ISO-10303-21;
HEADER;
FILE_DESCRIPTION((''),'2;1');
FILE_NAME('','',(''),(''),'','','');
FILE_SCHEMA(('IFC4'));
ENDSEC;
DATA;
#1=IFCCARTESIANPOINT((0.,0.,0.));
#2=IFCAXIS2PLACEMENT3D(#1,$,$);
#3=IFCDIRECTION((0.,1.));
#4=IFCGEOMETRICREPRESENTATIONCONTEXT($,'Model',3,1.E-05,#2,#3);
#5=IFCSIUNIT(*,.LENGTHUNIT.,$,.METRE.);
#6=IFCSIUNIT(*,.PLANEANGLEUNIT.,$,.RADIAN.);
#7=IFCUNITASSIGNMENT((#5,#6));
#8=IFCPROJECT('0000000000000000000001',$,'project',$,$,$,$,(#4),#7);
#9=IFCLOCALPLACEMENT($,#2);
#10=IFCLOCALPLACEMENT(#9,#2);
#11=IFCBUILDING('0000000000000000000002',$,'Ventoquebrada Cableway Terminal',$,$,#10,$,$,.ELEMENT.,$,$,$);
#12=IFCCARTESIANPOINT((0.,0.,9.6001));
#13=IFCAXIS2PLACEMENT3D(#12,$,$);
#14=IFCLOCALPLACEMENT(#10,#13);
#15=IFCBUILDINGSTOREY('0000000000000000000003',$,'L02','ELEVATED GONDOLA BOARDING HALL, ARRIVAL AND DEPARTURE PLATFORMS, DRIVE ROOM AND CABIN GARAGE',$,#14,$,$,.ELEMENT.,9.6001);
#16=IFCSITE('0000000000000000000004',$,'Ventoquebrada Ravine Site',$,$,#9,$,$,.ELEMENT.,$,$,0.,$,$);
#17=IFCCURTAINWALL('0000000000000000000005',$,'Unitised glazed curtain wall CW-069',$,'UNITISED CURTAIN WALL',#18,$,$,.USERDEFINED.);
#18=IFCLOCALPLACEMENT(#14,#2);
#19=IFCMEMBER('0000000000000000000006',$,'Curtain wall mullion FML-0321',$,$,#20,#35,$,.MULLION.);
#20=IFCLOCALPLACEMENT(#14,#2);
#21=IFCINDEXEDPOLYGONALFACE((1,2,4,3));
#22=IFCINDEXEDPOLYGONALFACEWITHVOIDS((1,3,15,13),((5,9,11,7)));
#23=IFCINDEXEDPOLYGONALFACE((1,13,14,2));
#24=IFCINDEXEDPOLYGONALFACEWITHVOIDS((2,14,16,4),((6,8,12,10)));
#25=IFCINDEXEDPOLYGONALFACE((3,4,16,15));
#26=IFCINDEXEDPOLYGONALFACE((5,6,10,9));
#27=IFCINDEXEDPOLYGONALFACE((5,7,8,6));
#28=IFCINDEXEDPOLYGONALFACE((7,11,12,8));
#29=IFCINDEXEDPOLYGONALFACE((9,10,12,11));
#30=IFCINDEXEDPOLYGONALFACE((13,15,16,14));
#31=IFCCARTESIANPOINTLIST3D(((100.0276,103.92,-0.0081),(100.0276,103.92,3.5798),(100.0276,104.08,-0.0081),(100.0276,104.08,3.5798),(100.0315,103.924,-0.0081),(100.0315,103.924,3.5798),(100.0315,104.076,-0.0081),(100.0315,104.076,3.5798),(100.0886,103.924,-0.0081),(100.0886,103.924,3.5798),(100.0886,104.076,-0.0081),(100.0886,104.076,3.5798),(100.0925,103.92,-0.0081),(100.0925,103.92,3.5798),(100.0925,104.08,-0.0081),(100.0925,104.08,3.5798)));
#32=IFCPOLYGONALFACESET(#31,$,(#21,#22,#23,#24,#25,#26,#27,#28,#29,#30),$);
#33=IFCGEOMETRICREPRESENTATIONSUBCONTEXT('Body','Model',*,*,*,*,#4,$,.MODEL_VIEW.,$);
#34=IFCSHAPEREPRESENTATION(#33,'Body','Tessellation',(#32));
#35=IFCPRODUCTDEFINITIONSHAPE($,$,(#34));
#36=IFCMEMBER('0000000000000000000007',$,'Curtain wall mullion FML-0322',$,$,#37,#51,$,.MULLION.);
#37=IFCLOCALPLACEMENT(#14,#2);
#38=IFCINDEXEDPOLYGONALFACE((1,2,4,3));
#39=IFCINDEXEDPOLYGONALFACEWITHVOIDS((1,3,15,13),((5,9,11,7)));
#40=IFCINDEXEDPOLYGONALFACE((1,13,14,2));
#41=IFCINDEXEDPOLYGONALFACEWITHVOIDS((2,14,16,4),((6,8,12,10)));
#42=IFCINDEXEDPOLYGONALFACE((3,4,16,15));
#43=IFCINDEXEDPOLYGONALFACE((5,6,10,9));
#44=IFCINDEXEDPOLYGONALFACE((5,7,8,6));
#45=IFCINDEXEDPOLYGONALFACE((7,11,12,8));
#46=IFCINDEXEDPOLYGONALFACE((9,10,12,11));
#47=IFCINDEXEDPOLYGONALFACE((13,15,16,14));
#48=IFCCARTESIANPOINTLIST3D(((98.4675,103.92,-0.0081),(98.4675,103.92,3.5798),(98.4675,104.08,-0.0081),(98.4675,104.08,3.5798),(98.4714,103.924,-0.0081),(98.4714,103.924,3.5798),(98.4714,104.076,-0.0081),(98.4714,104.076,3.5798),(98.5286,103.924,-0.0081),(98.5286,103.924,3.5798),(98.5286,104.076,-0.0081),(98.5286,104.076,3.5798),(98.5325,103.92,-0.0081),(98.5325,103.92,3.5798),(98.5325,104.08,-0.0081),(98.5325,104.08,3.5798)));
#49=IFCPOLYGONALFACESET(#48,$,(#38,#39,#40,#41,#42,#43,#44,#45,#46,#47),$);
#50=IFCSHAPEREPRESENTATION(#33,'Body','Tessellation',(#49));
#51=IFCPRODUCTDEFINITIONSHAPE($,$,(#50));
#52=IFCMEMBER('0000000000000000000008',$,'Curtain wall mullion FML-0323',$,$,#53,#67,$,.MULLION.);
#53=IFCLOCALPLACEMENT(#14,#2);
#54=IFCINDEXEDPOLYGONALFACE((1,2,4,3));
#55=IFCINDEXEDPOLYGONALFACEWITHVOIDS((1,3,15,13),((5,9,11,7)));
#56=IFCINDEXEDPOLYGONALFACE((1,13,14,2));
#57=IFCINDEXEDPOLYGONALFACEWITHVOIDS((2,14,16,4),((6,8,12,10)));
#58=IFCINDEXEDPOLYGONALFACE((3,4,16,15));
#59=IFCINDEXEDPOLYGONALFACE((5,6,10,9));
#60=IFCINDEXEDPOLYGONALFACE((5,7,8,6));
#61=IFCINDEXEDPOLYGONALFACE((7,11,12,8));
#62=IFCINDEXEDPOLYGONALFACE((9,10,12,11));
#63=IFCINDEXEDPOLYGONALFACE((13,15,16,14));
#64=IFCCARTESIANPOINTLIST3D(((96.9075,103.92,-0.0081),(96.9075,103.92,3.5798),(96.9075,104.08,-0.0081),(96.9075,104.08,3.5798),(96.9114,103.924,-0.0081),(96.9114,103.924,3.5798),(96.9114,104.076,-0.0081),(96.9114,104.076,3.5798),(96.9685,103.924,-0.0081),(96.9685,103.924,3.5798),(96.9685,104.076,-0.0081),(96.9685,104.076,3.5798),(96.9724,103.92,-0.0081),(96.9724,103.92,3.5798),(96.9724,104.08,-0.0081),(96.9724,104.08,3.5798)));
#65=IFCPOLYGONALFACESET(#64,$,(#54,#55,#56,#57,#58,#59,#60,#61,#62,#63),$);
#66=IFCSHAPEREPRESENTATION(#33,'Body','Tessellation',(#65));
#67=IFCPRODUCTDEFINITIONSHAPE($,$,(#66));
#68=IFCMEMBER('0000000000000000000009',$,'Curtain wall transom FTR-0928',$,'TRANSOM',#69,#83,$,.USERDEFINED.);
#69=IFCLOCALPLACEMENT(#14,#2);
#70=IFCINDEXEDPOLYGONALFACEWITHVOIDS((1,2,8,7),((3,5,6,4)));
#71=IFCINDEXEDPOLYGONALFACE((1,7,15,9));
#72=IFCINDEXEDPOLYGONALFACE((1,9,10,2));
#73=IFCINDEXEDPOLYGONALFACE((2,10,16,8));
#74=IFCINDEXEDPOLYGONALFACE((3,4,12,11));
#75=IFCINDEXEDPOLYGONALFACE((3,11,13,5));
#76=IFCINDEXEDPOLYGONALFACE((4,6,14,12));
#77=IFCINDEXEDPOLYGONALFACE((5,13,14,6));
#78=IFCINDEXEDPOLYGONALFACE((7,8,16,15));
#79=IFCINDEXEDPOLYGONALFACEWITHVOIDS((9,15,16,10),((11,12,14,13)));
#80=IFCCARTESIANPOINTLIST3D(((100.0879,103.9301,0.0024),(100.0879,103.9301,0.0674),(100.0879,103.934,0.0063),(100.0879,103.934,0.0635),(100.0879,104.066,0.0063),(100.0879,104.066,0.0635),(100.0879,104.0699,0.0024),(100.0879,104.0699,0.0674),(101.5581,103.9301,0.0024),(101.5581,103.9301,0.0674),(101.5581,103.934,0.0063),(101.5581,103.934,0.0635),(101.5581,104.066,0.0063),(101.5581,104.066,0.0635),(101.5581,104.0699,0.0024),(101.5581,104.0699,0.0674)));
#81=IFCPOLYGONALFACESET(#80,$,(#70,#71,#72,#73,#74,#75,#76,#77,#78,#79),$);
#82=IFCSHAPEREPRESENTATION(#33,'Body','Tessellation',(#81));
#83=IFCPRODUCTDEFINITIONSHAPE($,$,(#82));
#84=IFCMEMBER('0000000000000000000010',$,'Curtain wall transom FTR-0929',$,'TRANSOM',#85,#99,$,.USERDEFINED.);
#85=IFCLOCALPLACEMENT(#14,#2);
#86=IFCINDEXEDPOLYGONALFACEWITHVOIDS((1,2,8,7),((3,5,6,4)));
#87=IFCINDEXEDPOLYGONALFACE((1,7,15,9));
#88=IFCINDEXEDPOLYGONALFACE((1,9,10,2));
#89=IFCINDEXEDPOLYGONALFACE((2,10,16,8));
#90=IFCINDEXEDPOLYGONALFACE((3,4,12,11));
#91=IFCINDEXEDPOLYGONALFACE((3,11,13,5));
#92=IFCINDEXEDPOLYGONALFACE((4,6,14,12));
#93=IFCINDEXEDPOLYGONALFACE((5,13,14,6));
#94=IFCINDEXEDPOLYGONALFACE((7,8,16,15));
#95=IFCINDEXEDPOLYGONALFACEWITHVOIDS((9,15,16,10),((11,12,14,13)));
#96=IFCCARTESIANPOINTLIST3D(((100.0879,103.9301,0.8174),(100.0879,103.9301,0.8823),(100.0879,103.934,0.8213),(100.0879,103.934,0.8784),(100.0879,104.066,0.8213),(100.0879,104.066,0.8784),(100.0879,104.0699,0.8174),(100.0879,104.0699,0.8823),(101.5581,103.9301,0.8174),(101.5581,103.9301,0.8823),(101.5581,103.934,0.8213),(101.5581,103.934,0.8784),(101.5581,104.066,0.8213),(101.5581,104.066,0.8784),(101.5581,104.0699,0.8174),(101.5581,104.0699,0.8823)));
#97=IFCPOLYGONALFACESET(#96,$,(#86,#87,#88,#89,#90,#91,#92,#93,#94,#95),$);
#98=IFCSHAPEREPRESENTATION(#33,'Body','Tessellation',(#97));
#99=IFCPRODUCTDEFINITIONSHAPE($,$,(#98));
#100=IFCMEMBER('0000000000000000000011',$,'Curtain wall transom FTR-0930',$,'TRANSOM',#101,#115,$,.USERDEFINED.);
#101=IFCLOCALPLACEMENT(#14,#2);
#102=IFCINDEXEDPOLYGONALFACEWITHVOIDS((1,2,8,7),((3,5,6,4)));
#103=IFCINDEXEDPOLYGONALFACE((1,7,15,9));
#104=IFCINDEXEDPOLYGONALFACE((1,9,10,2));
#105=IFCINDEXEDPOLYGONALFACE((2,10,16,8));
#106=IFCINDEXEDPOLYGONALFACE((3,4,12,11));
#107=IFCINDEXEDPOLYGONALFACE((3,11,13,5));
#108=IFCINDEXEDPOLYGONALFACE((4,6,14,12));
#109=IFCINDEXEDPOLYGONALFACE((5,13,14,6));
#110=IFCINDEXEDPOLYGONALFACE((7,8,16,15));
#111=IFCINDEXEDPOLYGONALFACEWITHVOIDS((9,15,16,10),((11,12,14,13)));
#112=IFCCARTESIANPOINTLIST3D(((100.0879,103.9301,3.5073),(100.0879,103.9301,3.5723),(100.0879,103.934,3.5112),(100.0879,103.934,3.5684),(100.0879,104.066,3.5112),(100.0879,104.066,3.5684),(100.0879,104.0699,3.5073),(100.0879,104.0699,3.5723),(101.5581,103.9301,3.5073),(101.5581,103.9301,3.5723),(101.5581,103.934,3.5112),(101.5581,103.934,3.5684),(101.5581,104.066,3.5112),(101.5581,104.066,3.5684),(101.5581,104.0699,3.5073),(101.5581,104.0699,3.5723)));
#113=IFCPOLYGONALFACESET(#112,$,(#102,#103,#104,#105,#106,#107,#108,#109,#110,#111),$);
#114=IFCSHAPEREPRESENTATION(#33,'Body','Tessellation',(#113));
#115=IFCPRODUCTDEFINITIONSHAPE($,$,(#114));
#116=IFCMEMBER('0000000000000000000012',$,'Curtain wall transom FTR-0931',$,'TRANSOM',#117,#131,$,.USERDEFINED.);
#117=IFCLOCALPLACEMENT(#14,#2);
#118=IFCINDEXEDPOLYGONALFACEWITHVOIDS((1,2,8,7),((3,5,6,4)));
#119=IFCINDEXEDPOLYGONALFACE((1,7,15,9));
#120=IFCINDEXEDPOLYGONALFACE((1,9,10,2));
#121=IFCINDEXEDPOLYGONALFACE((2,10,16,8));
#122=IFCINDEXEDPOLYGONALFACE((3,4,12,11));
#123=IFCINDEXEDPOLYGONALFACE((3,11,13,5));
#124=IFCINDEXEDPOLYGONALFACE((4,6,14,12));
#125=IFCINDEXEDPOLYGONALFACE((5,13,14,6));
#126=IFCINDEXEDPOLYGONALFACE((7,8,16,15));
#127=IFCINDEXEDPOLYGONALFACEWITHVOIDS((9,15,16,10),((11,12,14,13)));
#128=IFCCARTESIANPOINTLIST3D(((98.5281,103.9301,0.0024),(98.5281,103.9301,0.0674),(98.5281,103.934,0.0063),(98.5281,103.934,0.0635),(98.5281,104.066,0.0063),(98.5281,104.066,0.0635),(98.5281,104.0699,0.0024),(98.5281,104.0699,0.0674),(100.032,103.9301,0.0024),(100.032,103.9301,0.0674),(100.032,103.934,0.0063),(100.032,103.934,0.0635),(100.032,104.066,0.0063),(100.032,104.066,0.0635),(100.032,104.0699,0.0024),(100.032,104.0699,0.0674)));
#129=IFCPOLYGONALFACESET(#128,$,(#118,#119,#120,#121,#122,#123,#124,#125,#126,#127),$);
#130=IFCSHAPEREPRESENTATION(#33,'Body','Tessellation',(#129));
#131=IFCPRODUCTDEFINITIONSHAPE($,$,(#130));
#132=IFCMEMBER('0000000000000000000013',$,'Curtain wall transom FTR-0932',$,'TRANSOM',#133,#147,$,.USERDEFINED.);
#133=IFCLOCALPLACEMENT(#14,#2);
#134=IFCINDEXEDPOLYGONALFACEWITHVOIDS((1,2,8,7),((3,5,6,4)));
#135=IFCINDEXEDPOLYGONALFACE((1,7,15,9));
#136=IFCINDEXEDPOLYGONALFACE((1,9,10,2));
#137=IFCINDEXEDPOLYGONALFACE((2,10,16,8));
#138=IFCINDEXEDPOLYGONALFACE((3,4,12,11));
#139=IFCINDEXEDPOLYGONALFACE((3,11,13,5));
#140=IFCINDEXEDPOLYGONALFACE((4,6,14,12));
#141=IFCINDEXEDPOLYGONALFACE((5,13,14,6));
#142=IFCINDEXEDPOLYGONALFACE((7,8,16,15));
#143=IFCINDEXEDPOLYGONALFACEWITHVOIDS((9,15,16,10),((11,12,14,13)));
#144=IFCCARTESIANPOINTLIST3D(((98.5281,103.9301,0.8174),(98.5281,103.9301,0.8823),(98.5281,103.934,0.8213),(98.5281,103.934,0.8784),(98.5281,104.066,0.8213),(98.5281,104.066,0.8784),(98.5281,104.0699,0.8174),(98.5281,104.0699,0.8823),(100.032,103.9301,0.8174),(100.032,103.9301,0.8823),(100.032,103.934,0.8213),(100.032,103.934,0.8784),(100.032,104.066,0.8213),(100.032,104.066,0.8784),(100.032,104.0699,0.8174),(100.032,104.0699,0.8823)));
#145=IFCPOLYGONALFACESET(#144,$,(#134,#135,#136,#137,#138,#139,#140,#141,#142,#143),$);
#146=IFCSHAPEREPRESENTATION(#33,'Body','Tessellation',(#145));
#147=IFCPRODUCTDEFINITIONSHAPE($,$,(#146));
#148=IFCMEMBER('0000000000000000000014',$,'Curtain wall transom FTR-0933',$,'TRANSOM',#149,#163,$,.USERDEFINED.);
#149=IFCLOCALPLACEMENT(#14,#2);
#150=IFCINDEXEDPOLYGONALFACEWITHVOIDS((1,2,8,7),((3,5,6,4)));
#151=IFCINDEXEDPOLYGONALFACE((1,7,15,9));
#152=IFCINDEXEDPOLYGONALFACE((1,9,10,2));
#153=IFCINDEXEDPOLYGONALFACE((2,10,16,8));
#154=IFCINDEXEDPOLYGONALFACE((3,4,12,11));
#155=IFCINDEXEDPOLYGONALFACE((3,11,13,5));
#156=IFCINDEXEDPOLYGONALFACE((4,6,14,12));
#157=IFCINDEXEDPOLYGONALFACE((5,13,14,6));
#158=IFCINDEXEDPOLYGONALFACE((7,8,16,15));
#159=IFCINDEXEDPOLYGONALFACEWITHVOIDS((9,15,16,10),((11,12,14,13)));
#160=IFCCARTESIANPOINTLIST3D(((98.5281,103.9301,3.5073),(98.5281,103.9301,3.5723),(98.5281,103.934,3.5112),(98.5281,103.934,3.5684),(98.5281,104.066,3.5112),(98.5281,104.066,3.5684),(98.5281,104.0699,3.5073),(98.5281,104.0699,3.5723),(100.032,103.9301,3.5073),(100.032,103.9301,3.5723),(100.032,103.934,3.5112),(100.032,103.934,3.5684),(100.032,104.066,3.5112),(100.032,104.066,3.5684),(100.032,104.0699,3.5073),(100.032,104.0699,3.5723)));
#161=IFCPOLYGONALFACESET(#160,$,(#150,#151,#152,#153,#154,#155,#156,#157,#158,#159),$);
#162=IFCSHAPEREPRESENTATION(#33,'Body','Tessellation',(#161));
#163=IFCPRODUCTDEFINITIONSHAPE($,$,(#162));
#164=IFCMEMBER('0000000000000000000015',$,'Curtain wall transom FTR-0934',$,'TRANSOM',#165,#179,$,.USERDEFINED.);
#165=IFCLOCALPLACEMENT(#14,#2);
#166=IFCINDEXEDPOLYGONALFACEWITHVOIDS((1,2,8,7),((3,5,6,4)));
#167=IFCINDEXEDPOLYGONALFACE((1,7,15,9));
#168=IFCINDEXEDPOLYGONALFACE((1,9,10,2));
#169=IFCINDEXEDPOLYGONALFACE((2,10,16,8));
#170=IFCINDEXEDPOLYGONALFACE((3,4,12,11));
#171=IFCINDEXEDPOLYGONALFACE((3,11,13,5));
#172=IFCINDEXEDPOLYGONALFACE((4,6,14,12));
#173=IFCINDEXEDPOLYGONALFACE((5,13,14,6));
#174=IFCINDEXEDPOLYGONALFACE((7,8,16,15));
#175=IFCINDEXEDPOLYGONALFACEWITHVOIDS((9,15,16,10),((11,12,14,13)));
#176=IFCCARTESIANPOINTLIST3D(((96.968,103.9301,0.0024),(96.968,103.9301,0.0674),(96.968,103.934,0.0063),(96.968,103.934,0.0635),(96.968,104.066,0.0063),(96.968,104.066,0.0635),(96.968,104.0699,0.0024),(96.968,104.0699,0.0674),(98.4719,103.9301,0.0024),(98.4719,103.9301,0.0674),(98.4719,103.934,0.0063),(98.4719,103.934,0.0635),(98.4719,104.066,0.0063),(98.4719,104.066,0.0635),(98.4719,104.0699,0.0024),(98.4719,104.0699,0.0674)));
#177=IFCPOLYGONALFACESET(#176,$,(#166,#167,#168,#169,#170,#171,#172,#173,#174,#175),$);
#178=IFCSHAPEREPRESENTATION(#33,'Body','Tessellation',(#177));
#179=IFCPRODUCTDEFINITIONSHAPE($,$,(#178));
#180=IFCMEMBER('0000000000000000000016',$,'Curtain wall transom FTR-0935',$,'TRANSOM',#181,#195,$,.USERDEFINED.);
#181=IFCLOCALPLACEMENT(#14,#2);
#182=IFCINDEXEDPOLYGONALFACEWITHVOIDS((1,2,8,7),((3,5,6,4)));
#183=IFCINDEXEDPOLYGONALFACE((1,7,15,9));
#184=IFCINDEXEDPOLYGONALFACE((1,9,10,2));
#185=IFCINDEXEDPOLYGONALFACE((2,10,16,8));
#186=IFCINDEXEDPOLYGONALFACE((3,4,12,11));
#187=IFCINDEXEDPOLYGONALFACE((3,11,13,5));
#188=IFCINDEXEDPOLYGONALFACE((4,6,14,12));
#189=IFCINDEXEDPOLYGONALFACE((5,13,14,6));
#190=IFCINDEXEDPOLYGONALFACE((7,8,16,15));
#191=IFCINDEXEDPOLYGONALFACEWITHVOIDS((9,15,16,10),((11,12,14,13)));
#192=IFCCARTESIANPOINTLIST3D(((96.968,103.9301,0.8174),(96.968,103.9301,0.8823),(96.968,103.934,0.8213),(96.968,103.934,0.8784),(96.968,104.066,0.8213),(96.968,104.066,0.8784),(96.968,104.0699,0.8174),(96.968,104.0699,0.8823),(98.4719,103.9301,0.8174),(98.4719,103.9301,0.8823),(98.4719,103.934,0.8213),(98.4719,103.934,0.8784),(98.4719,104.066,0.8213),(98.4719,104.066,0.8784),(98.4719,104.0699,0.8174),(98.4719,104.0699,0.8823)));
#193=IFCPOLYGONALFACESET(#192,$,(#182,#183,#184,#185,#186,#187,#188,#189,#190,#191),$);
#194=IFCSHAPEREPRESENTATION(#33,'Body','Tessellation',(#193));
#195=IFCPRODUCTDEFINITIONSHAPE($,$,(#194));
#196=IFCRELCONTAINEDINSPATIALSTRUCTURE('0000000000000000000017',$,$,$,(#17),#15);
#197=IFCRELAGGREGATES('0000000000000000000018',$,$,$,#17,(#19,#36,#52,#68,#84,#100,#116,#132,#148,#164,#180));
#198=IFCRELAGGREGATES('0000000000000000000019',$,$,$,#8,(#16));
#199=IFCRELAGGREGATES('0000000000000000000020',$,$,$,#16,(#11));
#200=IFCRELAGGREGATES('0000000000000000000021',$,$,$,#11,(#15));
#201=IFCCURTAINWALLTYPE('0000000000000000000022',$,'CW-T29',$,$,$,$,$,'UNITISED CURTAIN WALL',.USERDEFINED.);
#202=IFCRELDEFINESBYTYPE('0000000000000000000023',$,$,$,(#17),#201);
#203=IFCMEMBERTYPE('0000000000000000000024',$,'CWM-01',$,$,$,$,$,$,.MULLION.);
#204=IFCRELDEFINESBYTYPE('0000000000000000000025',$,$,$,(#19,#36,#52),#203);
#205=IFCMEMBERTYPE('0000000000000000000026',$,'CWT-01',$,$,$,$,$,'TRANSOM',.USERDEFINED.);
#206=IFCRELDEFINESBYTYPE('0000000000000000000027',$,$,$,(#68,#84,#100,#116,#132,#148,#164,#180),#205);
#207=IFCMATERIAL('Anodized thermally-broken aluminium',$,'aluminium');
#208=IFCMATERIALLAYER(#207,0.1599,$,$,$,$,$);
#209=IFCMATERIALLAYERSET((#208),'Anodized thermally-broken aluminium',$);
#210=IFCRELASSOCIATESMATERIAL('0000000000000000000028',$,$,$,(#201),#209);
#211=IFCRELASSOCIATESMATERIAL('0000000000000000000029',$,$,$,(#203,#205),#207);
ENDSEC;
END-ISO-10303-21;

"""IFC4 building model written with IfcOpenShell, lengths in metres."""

from ifc_helpers import new_model, si_unit, direction, frame, origin, origin_2d, place, context, subcontext, project, spatial, hollow_rectangle, extrude, material, layer, layer_set, material_profile, profile_set, type_object, element, aggregate, save


model = new_model("IFC4")

# Units and contexts
model_context = context("Model", 3, precision=1e-05, world=origin(), true_north=direction((0.0, 1.0)))
body_context = subcontext(model_context, "Body", "Model", "MODEL_VIEW")
ifc_project = project(units=[si_unit("LENGTHUNIT", "METRE"), si_unit("PLANEANGLEUNIT", "RADIAN")], contexts=[model_context])

# Site, building, storey
site_placement = place(None, origin())
site = spatial("IfcSite", under=ifc_project, at=site_placement, Name="Ventoquebrada Ravine Site", CompositionType="ELEMENT", RefElevation=0.0)
building_placement = place(site_placement, origin())
building = spatial("IfcBuilding", under=site, at=building_placement, Name="Ventoquebrada Cableway Terminal", CompositionType="ELEMENT")
storey_placement = place(building_placement, frame((0.0, 0.0, 9.6001)))
storey = spatial("IfcBuildingStorey", under=building, at=storey_placement, Name="L02", Description="ELEVATED GONDOLA BOARDING HALL, ARRIVAL AND DEPARTURE PLATFORMS, DRIVE ROOM AND CABIN GARAGE", CompositionType="ELEMENT", Elevation=9.6001)

# Curtain wall, members
ifc_material_1 = material(Name="Anodized thermally-broken aluminium", Category="aluminium")
ifc_layer_1 = layer(ifc_material_1, 0.1599)
ifc_layer_set_1 = layer_set([ifc_layer_1], Name="Anodized thermally-broken aluminium")
curtain_wall_type = type_object("IfcCurtainWallType", Name="CW-T29", ElementType="UNITISED CURTAIN WALL", PredefinedType="USERDEFINED", material=ifc_layer_set_1)
curtain_wall_placement = place(storey_placement, origin())
curtain_wall = element("IfcCurtainWall", 1, at=curtain_wall_placement, inside=storey, type_object=curtain_wall_type, Name="Unitised glazed curtain wall CW-069", ObjectType="UNITISED CURTAIN WALL", PredefinedType="USERDEFINED")
ifc_material_profile_1 = material_profile(ifc_material_1, hollow_rectangle(XDim=0.0649, YDim=0.1599, WallThickness=0.0039, at=origin_2d()), Name="CW-MUL-65X160")
ifc_profile_set_1 = profile_set([ifc_material_profile_1], Name="Anodized thermally-broken aluminium")
member_type_1 = type_object("IfcMemberType", Name="CWM-01", PredefinedType="MULLION", material=ifc_profile_set_1)
member_1_placement = place(storey_placement, frame((100.0601, 104.0, -0.0081), z_axis=(0.0, 0.0, 1.0), x_axis=(-1.0, 0.0, 0.0)))
member_1 = element("IfcMember", 2, at=member_1_placement, type_object=member_type_1, Name="Curtain wall mullion FML-0321", PredefinedType="MULLION", context=body_context, shape_type="SweptSolid", body=[
    extrude(hollow_rectangle(XDim=0.0649, YDim=0.1599, WallThickness=0.0039, at=origin_2d()), origin(), (0.0, 0.0, 1.0), 3.5879),
])
member_2_placement = place(storey_placement, frame((98.5, 104.0, -0.0081), z_axis=(0.0, 0.0, 1.0), x_axis=(-1.0, 0.0, 0.0)))
member_2 = element("IfcMember", 3, at=member_2_placement, type_object=member_type_1, Name="Curtain wall mullion FML-0322", PredefinedType="MULLION", context=body_context, shape_type="SweptSolid", body=[
    extrude(hollow_rectangle(XDim=0.0649, YDim=0.1599, WallThickness=0.0039, at=origin_2d()), origin(), (0.0, 0.0, 1.0), 3.5879),
])
member_3_placement = place(storey_placement, frame((96.9399, 104.0, -0.0081), z_axis=(0.0, 0.0, 1.0), x_axis=(-1.0, 0.0, 0.0)))
member_3 = element("IfcMember", 4, at=member_3_placement, type_object=member_type_1, Name="Curtain wall mullion FML-0323", PredefinedType="MULLION", context=body_context, shape_type="SweptSolid", body=[
    extrude(hollow_rectangle(XDim=0.0649, YDim=0.1599, WallThickness=0.0039, at=origin_2d()), origin(), (0.0, 0.0, 1.0), 3.5879),
])
ifc_material_profile_2 = material_profile(ifc_material_1, hollow_rectangle(XDim=0.0649, YDim=0.1399, WallThickness=0.0039, at=origin_2d()), Name="CW-TRN-65X140")
ifc_profile_set_2 = profile_set([ifc_material_profile_2], Name="Anodized thermally-broken aluminium")
member_type_2 = type_object("IfcMemberType", Name="CWT-01", ElementType="TRANSOM", PredefinedType="USERDEFINED", material=ifc_profile_set_2)
member_4_placement = place(storey_placement, frame((101.5581, 104.0, 0.0349), z_axis=(-1.0, 0.0, 0.0), x_axis=(0.0, 0.0, 1.0)))
member_4 = element("IfcMember", 5, at=member_4_placement, type_object=member_type_2, Name="Curtain wall transom FTR-0928", ObjectType="TRANSOM", PredefinedType="USERDEFINED", context=body_context, shape_type="SweptSolid", body=[
    extrude(hollow_rectangle(XDim=0.0649, YDim=0.1399, WallThickness=0.0039, at=origin_2d()), origin(), (0.0, 0.0, 1.0), 1.4702),
])
member_5_placement = place(storey_placement, frame((101.5581, 104.0, 0.8499), z_axis=(-1.0, 0.0, 0.0), x_axis=(0.0, 0.0, 1.0)))
member_5 = element("IfcMember", 6, at=member_5_placement, type_object=member_type_2, Name="Curtain wall transom FTR-0929", ObjectType="TRANSOM", PredefinedType="USERDEFINED", context=body_context, shape_type="SweptSolid", body=[
    extrude(hollow_rectangle(XDim=0.0649, YDim=0.1399, WallThickness=0.0039, at=origin_2d()), origin(), (0.0, 0.0, 1.0), 1.4702),
])
member_6_placement = place(storey_placement, frame((101.5581, 104.0, 3.5398), z_axis=(-1.0, 0.0, 0.0), x_axis=(0.0, 0.0, 1.0)))
member_6 = element("IfcMember", 7, at=member_6_placement, type_object=member_type_2, Name="Curtain wall transom FTR-0930", ObjectType="TRANSOM", PredefinedType="USERDEFINED", context=body_context, shape_type="SweptSolid", body=[
    extrude(hollow_rectangle(XDim=0.0649, YDim=0.1399, WallThickness=0.0039, at=origin_2d()), origin(), (0.0, 0.0, 1.0), 1.4702),
])
member_7_placement = place(storey_placement, frame((100.032, 104.0, 0.0349), z_axis=(-1.0, 0.0, 0.0), x_axis=(0.0, 0.0, 1.0)))
member_7 = element("IfcMember", 8, at=member_7_placement, type_object=member_type_2, Name="Curtain wall transom FTR-0931", ObjectType="TRANSOM", PredefinedType="USERDEFINED", context=body_context, shape_type="SweptSolid", body=[
    extrude(hollow_rectangle(XDim=0.0649, YDim=0.1399, WallThickness=0.0039, at=origin_2d()), origin(), (0.0, 0.0, 1.0), 1.5039),
])
member_8_placement = place(storey_placement, frame((100.032, 104.0, 0.8499), z_axis=(-1.0, 0.0, 0.0), x_axis=(0.0, 0.0, 1.0)))
member_8 = element("IfcMember", 9, at=member_8_placement, type_object=member_type_2, Name="Curtain wall transom FTR-0932", ObjectType="TRANSOM", PredefinedType="USERDEFINED", context=body_context, shape_type="SweptSolid", body=[
    extrude(hollow_rectangle(XDim=0.0649, YDim=0.1399, WallThickness=0.0039, at=origin_2d()), origin(), (0.0, 0.0, 1.0), 1.5039),
])
member_9_placement = place(storey_placement, frame((100.032, 104.0, 3.5398), z_axis=(-1.0, 0.0, 0.0), x_axis=(0.0, 0.0, 1.0)))
member_9 = element("IfcMember", 10, at=member_9_placement, type_object=member_type_2, Name="Curtain wall transom FTR-0933", ObjectType="TRANSOM", PredefinedType="USERDEFINED", context=body_context, shape_type="SweptSolid", body=[
    extrude(hollow_rectangle(XDim=0.0649, YDim=0.1399, WallThickness=0.0039, at=origin_2d()), origin(), (0.0, 0.0, 1.0), 1.5039),
])
member_10_placement = place(storey_placement, frame((98.4719, 104.0, 0.0349), z_axis=(-1.0, 0.0, 0.0), x_axis=(0.0, 0.0, 1.0)))
member_10 = element("IfcMember", 11, at=member_10_placement, type_object=member_type_2, Name="Curtain wall transom FTR-0934", ObjectType="TRANSOM", PredefinedType="USERDEFINED", context=body_context, shape_type="SweptSolid", body=[
    extrude(hollow_rectangle(XDim=0.0649, YDim=0.1399, WallThickness=0.0039, at=origin_2d()), origin(), (0.0, 0.0, 1.0), 1.5039),
])
member_11_placement = place(storey_placement, frame((98.4719, 104.0, 0.8499), z_axis=(-1.0, 0.0, 0.0), x_axis=(0.0, 0.0, 1.0)))
member_11 = element("IfcMember", 12, at=member_11_placement, type_object=member_type_2, Name="Curtain wall transom FTR-0935", ObjectType="TRANSOM", PredefinedType="USERDEFINED", context=body_context, shape_type="SweptSolid", body=[
    extrude(hollow_rectangle(XDim=0.0649, YDim=0.1399, WallThickness=0.0039, at=origin_2d()), origin(), (0.0, 0.0, 1.0), 1.5039),
])
aggregate(curtain_wall, [member_1, member_2, member_3, member_4, member_5, member_6, member_7, member_8, member_9, member_10, member_11])

save(model, "model.ifc")
